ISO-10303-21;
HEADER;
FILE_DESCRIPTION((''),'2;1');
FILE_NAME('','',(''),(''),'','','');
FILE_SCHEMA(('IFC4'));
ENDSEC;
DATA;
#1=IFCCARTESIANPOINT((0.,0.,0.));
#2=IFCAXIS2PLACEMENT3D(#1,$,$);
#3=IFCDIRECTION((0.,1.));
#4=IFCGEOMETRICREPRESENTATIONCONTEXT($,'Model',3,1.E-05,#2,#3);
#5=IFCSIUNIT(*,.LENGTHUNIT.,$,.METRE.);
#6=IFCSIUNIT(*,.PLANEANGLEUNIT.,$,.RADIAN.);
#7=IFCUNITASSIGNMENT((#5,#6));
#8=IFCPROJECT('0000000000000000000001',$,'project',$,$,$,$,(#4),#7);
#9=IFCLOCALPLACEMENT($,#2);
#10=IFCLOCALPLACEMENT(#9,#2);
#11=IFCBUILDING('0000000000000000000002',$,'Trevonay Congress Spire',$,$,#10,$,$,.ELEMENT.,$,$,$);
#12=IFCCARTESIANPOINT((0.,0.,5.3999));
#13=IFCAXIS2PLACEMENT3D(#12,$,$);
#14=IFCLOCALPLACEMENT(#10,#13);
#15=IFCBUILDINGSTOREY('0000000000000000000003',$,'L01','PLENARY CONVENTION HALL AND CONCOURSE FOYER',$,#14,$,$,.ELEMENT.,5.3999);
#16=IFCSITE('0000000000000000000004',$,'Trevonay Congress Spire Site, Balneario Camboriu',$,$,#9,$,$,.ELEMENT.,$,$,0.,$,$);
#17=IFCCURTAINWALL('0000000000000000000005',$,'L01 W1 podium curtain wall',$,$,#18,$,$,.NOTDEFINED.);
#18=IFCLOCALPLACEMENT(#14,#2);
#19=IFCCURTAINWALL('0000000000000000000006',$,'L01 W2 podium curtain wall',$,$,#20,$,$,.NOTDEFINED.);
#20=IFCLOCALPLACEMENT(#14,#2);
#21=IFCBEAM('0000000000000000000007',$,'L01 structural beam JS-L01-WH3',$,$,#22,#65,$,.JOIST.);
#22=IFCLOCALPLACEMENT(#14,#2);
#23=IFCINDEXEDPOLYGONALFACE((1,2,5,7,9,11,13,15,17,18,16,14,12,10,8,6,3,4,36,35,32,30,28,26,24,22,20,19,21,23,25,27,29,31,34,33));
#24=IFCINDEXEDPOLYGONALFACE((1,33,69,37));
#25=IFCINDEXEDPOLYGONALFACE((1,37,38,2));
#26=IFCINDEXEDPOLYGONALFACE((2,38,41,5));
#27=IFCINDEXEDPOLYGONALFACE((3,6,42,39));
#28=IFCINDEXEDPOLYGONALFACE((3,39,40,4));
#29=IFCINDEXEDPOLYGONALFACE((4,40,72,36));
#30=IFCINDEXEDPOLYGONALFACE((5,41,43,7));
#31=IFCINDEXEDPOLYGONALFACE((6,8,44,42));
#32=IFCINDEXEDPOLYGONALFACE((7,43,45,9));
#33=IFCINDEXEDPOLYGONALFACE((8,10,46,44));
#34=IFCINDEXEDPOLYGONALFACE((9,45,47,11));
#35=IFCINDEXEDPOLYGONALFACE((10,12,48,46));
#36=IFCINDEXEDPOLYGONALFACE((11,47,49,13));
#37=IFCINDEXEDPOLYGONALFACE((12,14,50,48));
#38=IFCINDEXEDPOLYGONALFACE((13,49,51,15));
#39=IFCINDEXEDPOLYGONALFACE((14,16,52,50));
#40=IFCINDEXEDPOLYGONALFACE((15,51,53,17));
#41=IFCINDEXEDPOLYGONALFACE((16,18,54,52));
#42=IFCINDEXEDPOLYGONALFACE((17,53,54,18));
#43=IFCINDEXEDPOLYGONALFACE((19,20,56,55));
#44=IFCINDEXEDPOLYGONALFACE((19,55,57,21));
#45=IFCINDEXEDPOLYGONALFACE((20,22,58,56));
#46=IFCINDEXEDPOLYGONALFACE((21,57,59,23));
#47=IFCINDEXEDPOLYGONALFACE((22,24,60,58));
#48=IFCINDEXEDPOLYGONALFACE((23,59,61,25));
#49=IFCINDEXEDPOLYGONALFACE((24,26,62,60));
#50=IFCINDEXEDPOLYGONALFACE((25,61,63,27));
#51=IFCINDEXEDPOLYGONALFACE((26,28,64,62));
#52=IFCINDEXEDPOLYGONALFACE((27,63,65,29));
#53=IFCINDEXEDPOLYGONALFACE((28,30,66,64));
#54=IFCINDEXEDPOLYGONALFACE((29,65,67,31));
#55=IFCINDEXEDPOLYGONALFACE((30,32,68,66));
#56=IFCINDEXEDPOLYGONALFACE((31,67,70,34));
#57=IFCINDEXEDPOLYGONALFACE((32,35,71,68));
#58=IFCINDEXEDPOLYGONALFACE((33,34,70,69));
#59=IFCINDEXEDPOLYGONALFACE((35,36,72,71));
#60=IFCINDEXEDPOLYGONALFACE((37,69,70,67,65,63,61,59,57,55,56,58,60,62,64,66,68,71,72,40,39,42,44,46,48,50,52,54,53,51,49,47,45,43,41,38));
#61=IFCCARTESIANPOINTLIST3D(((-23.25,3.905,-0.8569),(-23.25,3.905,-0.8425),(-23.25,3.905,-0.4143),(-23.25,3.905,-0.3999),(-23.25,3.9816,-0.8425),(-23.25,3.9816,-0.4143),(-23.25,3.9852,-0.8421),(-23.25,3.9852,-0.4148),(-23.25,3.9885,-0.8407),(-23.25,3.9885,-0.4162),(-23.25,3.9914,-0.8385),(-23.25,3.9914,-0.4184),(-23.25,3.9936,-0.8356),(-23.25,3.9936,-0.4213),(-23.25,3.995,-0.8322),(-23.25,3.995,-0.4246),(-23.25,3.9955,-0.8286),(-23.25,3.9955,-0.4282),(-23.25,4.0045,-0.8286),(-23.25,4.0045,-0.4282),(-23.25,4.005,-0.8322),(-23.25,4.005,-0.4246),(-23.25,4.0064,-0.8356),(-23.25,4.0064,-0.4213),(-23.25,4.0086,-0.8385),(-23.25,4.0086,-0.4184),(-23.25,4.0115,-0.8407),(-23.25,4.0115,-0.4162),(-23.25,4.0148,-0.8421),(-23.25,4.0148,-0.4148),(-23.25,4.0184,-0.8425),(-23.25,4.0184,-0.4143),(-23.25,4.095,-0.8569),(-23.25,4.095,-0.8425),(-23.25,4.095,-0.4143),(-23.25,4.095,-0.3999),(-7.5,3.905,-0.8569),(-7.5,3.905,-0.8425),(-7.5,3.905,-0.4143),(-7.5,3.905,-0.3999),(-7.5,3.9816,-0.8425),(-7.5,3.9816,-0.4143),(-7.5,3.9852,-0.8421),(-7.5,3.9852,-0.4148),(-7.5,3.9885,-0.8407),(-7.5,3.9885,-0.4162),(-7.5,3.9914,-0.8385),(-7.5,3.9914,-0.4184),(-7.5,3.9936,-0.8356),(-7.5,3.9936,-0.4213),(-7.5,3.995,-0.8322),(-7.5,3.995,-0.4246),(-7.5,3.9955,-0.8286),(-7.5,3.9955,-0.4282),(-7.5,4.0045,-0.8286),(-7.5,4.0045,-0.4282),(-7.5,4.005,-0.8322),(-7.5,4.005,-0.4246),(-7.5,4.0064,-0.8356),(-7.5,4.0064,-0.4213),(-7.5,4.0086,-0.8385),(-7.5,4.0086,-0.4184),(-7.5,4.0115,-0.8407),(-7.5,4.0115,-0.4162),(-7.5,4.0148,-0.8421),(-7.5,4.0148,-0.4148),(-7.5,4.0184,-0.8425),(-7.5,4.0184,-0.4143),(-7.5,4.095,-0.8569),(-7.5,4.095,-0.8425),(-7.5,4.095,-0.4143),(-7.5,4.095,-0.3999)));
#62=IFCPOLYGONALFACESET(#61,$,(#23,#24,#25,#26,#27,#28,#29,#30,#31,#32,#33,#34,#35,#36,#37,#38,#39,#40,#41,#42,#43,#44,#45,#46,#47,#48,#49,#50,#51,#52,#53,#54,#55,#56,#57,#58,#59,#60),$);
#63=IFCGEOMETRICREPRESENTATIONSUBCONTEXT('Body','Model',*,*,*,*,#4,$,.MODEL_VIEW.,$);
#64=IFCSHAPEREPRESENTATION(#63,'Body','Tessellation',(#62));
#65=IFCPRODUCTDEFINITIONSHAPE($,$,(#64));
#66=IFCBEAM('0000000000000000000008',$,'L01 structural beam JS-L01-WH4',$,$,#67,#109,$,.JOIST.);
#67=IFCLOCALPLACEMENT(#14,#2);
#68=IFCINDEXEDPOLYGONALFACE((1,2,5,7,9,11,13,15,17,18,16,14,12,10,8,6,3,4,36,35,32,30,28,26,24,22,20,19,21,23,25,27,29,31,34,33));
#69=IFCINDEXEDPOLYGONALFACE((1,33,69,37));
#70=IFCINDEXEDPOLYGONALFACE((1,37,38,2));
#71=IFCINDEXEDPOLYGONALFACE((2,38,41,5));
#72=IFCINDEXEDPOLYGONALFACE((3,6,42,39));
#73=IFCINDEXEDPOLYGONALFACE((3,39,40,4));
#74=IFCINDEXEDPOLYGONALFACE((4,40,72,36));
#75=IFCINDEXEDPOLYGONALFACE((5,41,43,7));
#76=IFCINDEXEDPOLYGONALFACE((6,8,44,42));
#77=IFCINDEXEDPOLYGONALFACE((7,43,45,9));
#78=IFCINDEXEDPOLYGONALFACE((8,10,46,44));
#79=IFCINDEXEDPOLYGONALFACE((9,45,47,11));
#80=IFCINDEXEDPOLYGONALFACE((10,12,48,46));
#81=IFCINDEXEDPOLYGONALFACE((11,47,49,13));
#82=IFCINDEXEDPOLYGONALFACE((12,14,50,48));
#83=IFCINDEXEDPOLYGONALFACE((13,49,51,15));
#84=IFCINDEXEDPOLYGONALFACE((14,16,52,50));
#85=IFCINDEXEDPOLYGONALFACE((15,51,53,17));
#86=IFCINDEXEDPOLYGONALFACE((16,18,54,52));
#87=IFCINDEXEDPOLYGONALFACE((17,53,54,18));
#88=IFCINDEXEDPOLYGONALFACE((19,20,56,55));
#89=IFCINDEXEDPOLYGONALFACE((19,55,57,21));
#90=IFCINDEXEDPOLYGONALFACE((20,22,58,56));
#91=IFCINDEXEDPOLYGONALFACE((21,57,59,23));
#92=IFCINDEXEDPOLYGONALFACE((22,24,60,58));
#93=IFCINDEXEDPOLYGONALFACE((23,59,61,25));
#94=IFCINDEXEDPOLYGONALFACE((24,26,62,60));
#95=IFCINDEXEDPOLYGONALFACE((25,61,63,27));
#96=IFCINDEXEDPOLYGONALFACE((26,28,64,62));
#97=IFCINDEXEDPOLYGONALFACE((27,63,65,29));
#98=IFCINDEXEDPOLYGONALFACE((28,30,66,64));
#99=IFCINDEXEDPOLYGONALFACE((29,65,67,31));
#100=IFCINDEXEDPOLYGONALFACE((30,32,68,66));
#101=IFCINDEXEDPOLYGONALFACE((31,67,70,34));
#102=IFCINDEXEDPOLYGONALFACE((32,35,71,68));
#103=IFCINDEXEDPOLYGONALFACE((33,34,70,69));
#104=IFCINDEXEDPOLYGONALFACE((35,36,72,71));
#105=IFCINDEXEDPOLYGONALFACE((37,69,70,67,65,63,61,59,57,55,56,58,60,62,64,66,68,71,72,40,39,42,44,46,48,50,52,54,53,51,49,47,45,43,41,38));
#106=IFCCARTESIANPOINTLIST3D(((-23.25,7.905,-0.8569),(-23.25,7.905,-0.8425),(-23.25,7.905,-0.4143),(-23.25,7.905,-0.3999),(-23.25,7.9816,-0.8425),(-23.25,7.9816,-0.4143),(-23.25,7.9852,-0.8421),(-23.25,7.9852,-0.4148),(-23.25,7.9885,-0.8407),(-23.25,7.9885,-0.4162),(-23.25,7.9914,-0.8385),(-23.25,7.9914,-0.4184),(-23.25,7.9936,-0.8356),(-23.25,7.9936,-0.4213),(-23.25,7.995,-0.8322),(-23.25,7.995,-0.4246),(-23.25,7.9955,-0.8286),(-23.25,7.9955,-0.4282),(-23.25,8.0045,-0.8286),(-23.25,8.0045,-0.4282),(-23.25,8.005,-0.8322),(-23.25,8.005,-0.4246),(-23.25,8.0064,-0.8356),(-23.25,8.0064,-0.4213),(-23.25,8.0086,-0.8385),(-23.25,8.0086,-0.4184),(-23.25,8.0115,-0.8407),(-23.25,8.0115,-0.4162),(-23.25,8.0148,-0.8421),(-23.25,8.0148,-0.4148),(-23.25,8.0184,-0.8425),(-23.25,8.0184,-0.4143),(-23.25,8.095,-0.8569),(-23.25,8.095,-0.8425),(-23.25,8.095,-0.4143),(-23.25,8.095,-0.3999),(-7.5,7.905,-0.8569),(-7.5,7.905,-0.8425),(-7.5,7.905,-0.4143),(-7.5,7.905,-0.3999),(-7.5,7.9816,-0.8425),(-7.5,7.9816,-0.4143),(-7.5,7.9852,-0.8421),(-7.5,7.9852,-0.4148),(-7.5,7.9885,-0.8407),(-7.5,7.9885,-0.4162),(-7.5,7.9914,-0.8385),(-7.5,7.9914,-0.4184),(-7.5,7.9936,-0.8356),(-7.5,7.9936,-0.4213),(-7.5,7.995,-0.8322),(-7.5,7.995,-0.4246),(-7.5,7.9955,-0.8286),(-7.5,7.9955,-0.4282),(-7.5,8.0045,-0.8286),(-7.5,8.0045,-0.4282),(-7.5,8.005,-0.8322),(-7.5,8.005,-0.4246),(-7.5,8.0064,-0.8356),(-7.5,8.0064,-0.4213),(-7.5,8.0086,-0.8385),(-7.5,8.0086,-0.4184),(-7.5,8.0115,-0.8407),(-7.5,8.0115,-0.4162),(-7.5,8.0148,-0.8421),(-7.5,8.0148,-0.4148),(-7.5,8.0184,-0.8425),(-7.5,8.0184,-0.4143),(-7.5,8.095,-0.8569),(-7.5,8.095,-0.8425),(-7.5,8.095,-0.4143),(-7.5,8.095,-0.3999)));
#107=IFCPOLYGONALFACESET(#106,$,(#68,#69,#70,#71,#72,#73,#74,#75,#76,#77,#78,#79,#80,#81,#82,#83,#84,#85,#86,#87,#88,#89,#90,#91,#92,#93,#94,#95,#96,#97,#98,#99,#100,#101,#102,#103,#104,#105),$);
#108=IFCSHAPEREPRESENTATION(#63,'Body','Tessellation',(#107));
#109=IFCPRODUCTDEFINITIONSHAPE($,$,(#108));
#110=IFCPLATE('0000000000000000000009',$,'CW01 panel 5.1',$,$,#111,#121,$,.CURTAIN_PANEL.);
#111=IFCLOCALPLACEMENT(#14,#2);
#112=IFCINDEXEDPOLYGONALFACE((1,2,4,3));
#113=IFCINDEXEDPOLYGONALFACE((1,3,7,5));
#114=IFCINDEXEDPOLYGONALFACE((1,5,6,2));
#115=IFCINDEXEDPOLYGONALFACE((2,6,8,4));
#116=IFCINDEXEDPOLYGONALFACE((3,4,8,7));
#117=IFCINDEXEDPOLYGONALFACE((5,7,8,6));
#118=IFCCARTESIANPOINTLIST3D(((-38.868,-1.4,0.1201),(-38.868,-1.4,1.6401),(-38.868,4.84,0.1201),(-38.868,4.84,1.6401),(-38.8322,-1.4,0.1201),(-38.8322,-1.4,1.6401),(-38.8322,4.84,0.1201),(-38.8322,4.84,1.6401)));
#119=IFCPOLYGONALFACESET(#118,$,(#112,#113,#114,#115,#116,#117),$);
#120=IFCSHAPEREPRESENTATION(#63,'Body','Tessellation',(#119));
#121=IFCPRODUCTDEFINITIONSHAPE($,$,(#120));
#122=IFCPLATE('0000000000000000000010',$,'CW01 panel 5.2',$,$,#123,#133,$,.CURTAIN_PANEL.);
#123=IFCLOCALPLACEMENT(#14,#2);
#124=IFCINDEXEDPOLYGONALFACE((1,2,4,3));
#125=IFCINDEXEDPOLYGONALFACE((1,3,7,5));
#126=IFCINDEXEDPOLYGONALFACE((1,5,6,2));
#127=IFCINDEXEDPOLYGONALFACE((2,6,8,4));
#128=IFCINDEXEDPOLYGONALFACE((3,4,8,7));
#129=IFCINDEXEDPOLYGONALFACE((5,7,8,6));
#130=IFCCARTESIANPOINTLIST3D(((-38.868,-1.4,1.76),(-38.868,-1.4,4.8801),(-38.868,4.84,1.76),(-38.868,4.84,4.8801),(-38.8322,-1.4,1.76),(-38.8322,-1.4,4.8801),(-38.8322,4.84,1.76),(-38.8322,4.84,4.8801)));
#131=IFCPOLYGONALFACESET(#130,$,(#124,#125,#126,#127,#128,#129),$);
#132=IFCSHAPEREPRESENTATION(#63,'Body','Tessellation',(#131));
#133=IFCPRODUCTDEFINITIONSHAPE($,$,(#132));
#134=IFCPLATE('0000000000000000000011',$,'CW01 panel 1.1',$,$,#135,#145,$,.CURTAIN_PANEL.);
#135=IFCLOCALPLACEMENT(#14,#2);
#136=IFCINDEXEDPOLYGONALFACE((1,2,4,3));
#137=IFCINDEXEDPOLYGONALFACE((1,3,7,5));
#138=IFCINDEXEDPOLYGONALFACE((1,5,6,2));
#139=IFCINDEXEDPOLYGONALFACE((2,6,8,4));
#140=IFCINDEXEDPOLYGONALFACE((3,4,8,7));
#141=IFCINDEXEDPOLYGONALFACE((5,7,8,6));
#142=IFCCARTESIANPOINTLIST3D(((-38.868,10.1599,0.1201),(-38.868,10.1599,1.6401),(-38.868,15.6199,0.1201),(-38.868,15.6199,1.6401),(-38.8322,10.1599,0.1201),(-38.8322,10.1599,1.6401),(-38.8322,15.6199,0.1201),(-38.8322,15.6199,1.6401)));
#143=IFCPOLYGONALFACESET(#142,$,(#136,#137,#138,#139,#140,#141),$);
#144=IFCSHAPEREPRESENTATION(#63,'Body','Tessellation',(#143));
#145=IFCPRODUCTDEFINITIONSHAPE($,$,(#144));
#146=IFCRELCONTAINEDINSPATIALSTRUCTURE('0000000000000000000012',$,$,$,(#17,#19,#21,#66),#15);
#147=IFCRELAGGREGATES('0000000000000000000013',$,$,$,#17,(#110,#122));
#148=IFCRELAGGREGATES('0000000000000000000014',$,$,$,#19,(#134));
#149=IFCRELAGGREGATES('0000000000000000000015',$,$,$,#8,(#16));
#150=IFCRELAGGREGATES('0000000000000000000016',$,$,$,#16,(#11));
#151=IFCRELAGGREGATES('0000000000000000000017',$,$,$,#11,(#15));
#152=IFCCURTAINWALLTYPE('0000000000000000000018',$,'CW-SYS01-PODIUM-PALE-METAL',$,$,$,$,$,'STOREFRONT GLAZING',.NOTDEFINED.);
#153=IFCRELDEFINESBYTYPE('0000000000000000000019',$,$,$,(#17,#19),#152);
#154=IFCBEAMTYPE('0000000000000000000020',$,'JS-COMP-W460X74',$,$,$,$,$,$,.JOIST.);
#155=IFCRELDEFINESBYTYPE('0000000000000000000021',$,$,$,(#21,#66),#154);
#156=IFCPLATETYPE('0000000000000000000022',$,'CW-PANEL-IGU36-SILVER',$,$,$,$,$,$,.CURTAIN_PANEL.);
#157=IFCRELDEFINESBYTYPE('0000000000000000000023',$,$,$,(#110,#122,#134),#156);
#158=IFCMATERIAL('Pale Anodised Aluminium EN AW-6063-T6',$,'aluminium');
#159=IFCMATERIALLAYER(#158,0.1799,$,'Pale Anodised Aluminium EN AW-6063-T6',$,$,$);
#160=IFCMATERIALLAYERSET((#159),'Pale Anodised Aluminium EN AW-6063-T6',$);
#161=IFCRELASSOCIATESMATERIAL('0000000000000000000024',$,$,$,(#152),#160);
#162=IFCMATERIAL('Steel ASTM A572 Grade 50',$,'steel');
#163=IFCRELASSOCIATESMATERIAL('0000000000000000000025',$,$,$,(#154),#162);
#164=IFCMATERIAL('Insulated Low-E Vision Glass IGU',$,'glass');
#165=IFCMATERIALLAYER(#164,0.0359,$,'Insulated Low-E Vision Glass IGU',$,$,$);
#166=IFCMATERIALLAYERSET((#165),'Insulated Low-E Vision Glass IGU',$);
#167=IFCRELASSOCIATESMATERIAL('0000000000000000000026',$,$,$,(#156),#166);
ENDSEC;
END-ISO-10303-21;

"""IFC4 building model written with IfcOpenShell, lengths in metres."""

from ifc_helpers import new_model, si_unit, direction, frame, origin, origin_2d, place, context, subcontext, project, spatial, rectangle, i_section, extrude, material, layer, layer_set, material_profile, profile_set, type_object, element, aggregate, save


model = new_model("IFC4")

# Units and contexts
model_context = context("Model", 3, precision=1e-05, world=origin(), true_north=direction((0.0, 1.0)))
body_context = subcontext(model_context, "Body", "Model", "MODEL_VIEW")
ifc_project = project(units=[si_unit("LENGTHUNIT", "METRE"), si_unit("PLANEANGLEUNIT", "RADIAN")], contexts=[model_context])

# Site, building, storey
site_placement = place(None, origin())
site = spatial("IfcSite", under=ifc_project, at=site_placement, Name="Trevonay Congress Spire Site, Balneario Camboriu", CompositionType="ELEMENT", RefElevation=0.0)
building_placement = place(site_placement, origin())
building = spatial("IfcBuilding", under=site, at=building_placement, Name="Trevonay Congress Spire", CompositionType="ELEMENT")
storey_placement = place(building_placement, frame((0.0, 0.0, 5.3999)))
storey = spatial("IfcBuildingStorey", under=building, at=storey_placement, Name="L01", Description="PLENARY CONVENTION HALL AND CONCOURSE FOYER", CompositionType="ELEMENT", Elevation=5.3999)

# Shared definitions
ifc_material_1 = material(Name="Steel ASTM A572 Grade 50", Category="steel")

# Curtain wall
ifc_material_2 = material(Name="Pale Anodised Aluminium EN AW-6063-T6", Category="aluminium")
ifc_layer_1 = layer(ifc_material_2, 0.1799, Name="Pale Anodised Aluminium EN AW-6063-T6")
ifc_layer_set_1 = layer_set([ifc_layer_1], Name="Pale Anodised Aluminium EN AW-6063-T6")
curtain_wall_type = type_object("IfcCurtainWallType", Name="CW-SYS01-PODIUM-PALE-METAL", ElementType="STOREFRONT GLAZING", PredefinedType="NOTDEFINED", material=ifc_layer_set_1)
curtain_wall_1_placement = place(storey_placement, origin())
curtain_wall_1 = element("IfcCurtainWall", 1, at=curtain_wall_1_placement, inside=storey, type_object=curtain_wall_type, Name="L01 W1 podium curtain wall", PredefinedType="NOTDEFINED")

# Curtain wall
curtain_wall_2_placement = place(storey_placement, origin())
curtain_wall_2 = element("IfcCurtainWall", 2, at=curtain_wall_2_placement, inside=storey, type_object=curtain_wall_type, Name="L01 W2 podium curtain wall", PredefinedType="NOTDEFINED")

# Beams
ifc_material_profile_1 = material_profile(ifc_material_1, i_section(OverallWidth=0.1899, OverallDepth=0.457, WebThickness=0.009, FlangeThickness=0.0144, FilletRadius=0.0139, at=origin_2d()), Name="W460x74")
ifc_profile_set_1 = profile_set([ifc_material_profile_1], Name="Steel ASTM A572 Grade 50")
beam_type_1 = type_object("IfcBeamType", Name="JS-COMP-W460X74", PredefinedType="JOIST", material=ifc_profile_set_1)
for number, where, z_axis, x_axis, name in (
    (3, (-23.25, 4.0, -0.6284), (1.0, 0.0, 0.0), (0.0, 1.0, 0.0), "L01 structural beam JS-L01-WH3"),
    (4, (-23.25, 8.0, -0.6284), (1.0, 0.0, 0.0), (0.0, 1.0, 0.0), "L01 structural beam JS-L01-WH4"),
):
    element("IfcBeam", number, at=place(storey_placement, frame(where, z_axis=z_axis, x_axis=x_axis)), inside=storey, type_object=beam_type_1, Name=name, PredefinedType="JOIST", context=body_context, shape_type="SweptSolid", body=[
        extrude(i_section(OverallWidth=0.1899, OverallDepth=0.457, WebThickness=0.009, FlangeThickness=0.0144, FilletRadius=0.0139, at=origin_2d()), origin(), (0.0, 0.0, 1.0), 15.75),
    ])

# Plates
ifc_material_3 = material(Name="Insulated Low-E Vision Glass IGU", Category="glass")
ifc_layer_2 = layer(ifc_material_3, 0.0359, Name="Insulated Low-E Vision Glass IGU")
ifc_layer_set_2 = layer_set([ifc_layer_2], Name="Insulated Low-E Vision Glass IGU")
plate_type = type_object("IfcPlateType", Name="CW-PANEL-IGU36-SILVER", PredefinedType="CURTAIN_PANEL", material=ifc_layer_set_2)
plate_1_placement = place(storey_placement, frame((-38.8501, 1.72, 0.1201), z_axis=(0.0, 0.0, 1.0), x_axis=(0.0, 1.0, 0.0)))
plate_1 = element("IfcPlate", 5, at=plate_1_placement, type_object=plate_type, Name="CW01 panel 5.1", PredefinedType="CURTAIN_PANEL", context=body_context, shape_type="SweptSolid", body=[
    extrude(rectangle(XDim=6.24, YDim=0.0359, at=origin_2d()), origin(), (0.0, 0.0, 1.0), 1.52),
])
plate_2_placement = place(storey_placement, frame((-38.8501, 1.72, 1.76), z_axis=(0.0, 0.0, 1.0), x_axis=(0.0, 1.0, 0.0)))
plate_2 = element("IfcPlate", 6, at=plate_2_placement, type_object=plate_type, Name="CW01 panel 5.2", PredefinedType="CURTAIN_PANEL", context=body_context, shape_type="SweptSolid", body=[
    extrude(rectangle(XDim=6.24, YDim=0.0359, at=origin_2d()), origin(), (0.0, 0.0, 1.0), 3.1201),
])
aggregate(curtain_wall_1, [plate_1, plate_2])
plate_3_placement = place(storey_placement, frame((-38.8501, 12.8899, 0.1201), z_axis=(0.0, 0.0, 1.0), x_axis=(0.0, 1.0, 0.0)))
plate_3 = element("IfcPlate", 7, at=plate_3_placement, type_object=plate_type, Name="CW01 panel 1.1", PredefinedType="CURTAIN_PANEL", context=body_context, shape_type="SweptSolid", body=[
    extrude(rectangle(XDim=5.46, YDim=0.0359, at=origin_2d()), origin(), (0.0, 0.0, 1.0), 1.52),
])
aggregate(curtain_wall_2, [plate_3])

save(model, "model.ifc")
